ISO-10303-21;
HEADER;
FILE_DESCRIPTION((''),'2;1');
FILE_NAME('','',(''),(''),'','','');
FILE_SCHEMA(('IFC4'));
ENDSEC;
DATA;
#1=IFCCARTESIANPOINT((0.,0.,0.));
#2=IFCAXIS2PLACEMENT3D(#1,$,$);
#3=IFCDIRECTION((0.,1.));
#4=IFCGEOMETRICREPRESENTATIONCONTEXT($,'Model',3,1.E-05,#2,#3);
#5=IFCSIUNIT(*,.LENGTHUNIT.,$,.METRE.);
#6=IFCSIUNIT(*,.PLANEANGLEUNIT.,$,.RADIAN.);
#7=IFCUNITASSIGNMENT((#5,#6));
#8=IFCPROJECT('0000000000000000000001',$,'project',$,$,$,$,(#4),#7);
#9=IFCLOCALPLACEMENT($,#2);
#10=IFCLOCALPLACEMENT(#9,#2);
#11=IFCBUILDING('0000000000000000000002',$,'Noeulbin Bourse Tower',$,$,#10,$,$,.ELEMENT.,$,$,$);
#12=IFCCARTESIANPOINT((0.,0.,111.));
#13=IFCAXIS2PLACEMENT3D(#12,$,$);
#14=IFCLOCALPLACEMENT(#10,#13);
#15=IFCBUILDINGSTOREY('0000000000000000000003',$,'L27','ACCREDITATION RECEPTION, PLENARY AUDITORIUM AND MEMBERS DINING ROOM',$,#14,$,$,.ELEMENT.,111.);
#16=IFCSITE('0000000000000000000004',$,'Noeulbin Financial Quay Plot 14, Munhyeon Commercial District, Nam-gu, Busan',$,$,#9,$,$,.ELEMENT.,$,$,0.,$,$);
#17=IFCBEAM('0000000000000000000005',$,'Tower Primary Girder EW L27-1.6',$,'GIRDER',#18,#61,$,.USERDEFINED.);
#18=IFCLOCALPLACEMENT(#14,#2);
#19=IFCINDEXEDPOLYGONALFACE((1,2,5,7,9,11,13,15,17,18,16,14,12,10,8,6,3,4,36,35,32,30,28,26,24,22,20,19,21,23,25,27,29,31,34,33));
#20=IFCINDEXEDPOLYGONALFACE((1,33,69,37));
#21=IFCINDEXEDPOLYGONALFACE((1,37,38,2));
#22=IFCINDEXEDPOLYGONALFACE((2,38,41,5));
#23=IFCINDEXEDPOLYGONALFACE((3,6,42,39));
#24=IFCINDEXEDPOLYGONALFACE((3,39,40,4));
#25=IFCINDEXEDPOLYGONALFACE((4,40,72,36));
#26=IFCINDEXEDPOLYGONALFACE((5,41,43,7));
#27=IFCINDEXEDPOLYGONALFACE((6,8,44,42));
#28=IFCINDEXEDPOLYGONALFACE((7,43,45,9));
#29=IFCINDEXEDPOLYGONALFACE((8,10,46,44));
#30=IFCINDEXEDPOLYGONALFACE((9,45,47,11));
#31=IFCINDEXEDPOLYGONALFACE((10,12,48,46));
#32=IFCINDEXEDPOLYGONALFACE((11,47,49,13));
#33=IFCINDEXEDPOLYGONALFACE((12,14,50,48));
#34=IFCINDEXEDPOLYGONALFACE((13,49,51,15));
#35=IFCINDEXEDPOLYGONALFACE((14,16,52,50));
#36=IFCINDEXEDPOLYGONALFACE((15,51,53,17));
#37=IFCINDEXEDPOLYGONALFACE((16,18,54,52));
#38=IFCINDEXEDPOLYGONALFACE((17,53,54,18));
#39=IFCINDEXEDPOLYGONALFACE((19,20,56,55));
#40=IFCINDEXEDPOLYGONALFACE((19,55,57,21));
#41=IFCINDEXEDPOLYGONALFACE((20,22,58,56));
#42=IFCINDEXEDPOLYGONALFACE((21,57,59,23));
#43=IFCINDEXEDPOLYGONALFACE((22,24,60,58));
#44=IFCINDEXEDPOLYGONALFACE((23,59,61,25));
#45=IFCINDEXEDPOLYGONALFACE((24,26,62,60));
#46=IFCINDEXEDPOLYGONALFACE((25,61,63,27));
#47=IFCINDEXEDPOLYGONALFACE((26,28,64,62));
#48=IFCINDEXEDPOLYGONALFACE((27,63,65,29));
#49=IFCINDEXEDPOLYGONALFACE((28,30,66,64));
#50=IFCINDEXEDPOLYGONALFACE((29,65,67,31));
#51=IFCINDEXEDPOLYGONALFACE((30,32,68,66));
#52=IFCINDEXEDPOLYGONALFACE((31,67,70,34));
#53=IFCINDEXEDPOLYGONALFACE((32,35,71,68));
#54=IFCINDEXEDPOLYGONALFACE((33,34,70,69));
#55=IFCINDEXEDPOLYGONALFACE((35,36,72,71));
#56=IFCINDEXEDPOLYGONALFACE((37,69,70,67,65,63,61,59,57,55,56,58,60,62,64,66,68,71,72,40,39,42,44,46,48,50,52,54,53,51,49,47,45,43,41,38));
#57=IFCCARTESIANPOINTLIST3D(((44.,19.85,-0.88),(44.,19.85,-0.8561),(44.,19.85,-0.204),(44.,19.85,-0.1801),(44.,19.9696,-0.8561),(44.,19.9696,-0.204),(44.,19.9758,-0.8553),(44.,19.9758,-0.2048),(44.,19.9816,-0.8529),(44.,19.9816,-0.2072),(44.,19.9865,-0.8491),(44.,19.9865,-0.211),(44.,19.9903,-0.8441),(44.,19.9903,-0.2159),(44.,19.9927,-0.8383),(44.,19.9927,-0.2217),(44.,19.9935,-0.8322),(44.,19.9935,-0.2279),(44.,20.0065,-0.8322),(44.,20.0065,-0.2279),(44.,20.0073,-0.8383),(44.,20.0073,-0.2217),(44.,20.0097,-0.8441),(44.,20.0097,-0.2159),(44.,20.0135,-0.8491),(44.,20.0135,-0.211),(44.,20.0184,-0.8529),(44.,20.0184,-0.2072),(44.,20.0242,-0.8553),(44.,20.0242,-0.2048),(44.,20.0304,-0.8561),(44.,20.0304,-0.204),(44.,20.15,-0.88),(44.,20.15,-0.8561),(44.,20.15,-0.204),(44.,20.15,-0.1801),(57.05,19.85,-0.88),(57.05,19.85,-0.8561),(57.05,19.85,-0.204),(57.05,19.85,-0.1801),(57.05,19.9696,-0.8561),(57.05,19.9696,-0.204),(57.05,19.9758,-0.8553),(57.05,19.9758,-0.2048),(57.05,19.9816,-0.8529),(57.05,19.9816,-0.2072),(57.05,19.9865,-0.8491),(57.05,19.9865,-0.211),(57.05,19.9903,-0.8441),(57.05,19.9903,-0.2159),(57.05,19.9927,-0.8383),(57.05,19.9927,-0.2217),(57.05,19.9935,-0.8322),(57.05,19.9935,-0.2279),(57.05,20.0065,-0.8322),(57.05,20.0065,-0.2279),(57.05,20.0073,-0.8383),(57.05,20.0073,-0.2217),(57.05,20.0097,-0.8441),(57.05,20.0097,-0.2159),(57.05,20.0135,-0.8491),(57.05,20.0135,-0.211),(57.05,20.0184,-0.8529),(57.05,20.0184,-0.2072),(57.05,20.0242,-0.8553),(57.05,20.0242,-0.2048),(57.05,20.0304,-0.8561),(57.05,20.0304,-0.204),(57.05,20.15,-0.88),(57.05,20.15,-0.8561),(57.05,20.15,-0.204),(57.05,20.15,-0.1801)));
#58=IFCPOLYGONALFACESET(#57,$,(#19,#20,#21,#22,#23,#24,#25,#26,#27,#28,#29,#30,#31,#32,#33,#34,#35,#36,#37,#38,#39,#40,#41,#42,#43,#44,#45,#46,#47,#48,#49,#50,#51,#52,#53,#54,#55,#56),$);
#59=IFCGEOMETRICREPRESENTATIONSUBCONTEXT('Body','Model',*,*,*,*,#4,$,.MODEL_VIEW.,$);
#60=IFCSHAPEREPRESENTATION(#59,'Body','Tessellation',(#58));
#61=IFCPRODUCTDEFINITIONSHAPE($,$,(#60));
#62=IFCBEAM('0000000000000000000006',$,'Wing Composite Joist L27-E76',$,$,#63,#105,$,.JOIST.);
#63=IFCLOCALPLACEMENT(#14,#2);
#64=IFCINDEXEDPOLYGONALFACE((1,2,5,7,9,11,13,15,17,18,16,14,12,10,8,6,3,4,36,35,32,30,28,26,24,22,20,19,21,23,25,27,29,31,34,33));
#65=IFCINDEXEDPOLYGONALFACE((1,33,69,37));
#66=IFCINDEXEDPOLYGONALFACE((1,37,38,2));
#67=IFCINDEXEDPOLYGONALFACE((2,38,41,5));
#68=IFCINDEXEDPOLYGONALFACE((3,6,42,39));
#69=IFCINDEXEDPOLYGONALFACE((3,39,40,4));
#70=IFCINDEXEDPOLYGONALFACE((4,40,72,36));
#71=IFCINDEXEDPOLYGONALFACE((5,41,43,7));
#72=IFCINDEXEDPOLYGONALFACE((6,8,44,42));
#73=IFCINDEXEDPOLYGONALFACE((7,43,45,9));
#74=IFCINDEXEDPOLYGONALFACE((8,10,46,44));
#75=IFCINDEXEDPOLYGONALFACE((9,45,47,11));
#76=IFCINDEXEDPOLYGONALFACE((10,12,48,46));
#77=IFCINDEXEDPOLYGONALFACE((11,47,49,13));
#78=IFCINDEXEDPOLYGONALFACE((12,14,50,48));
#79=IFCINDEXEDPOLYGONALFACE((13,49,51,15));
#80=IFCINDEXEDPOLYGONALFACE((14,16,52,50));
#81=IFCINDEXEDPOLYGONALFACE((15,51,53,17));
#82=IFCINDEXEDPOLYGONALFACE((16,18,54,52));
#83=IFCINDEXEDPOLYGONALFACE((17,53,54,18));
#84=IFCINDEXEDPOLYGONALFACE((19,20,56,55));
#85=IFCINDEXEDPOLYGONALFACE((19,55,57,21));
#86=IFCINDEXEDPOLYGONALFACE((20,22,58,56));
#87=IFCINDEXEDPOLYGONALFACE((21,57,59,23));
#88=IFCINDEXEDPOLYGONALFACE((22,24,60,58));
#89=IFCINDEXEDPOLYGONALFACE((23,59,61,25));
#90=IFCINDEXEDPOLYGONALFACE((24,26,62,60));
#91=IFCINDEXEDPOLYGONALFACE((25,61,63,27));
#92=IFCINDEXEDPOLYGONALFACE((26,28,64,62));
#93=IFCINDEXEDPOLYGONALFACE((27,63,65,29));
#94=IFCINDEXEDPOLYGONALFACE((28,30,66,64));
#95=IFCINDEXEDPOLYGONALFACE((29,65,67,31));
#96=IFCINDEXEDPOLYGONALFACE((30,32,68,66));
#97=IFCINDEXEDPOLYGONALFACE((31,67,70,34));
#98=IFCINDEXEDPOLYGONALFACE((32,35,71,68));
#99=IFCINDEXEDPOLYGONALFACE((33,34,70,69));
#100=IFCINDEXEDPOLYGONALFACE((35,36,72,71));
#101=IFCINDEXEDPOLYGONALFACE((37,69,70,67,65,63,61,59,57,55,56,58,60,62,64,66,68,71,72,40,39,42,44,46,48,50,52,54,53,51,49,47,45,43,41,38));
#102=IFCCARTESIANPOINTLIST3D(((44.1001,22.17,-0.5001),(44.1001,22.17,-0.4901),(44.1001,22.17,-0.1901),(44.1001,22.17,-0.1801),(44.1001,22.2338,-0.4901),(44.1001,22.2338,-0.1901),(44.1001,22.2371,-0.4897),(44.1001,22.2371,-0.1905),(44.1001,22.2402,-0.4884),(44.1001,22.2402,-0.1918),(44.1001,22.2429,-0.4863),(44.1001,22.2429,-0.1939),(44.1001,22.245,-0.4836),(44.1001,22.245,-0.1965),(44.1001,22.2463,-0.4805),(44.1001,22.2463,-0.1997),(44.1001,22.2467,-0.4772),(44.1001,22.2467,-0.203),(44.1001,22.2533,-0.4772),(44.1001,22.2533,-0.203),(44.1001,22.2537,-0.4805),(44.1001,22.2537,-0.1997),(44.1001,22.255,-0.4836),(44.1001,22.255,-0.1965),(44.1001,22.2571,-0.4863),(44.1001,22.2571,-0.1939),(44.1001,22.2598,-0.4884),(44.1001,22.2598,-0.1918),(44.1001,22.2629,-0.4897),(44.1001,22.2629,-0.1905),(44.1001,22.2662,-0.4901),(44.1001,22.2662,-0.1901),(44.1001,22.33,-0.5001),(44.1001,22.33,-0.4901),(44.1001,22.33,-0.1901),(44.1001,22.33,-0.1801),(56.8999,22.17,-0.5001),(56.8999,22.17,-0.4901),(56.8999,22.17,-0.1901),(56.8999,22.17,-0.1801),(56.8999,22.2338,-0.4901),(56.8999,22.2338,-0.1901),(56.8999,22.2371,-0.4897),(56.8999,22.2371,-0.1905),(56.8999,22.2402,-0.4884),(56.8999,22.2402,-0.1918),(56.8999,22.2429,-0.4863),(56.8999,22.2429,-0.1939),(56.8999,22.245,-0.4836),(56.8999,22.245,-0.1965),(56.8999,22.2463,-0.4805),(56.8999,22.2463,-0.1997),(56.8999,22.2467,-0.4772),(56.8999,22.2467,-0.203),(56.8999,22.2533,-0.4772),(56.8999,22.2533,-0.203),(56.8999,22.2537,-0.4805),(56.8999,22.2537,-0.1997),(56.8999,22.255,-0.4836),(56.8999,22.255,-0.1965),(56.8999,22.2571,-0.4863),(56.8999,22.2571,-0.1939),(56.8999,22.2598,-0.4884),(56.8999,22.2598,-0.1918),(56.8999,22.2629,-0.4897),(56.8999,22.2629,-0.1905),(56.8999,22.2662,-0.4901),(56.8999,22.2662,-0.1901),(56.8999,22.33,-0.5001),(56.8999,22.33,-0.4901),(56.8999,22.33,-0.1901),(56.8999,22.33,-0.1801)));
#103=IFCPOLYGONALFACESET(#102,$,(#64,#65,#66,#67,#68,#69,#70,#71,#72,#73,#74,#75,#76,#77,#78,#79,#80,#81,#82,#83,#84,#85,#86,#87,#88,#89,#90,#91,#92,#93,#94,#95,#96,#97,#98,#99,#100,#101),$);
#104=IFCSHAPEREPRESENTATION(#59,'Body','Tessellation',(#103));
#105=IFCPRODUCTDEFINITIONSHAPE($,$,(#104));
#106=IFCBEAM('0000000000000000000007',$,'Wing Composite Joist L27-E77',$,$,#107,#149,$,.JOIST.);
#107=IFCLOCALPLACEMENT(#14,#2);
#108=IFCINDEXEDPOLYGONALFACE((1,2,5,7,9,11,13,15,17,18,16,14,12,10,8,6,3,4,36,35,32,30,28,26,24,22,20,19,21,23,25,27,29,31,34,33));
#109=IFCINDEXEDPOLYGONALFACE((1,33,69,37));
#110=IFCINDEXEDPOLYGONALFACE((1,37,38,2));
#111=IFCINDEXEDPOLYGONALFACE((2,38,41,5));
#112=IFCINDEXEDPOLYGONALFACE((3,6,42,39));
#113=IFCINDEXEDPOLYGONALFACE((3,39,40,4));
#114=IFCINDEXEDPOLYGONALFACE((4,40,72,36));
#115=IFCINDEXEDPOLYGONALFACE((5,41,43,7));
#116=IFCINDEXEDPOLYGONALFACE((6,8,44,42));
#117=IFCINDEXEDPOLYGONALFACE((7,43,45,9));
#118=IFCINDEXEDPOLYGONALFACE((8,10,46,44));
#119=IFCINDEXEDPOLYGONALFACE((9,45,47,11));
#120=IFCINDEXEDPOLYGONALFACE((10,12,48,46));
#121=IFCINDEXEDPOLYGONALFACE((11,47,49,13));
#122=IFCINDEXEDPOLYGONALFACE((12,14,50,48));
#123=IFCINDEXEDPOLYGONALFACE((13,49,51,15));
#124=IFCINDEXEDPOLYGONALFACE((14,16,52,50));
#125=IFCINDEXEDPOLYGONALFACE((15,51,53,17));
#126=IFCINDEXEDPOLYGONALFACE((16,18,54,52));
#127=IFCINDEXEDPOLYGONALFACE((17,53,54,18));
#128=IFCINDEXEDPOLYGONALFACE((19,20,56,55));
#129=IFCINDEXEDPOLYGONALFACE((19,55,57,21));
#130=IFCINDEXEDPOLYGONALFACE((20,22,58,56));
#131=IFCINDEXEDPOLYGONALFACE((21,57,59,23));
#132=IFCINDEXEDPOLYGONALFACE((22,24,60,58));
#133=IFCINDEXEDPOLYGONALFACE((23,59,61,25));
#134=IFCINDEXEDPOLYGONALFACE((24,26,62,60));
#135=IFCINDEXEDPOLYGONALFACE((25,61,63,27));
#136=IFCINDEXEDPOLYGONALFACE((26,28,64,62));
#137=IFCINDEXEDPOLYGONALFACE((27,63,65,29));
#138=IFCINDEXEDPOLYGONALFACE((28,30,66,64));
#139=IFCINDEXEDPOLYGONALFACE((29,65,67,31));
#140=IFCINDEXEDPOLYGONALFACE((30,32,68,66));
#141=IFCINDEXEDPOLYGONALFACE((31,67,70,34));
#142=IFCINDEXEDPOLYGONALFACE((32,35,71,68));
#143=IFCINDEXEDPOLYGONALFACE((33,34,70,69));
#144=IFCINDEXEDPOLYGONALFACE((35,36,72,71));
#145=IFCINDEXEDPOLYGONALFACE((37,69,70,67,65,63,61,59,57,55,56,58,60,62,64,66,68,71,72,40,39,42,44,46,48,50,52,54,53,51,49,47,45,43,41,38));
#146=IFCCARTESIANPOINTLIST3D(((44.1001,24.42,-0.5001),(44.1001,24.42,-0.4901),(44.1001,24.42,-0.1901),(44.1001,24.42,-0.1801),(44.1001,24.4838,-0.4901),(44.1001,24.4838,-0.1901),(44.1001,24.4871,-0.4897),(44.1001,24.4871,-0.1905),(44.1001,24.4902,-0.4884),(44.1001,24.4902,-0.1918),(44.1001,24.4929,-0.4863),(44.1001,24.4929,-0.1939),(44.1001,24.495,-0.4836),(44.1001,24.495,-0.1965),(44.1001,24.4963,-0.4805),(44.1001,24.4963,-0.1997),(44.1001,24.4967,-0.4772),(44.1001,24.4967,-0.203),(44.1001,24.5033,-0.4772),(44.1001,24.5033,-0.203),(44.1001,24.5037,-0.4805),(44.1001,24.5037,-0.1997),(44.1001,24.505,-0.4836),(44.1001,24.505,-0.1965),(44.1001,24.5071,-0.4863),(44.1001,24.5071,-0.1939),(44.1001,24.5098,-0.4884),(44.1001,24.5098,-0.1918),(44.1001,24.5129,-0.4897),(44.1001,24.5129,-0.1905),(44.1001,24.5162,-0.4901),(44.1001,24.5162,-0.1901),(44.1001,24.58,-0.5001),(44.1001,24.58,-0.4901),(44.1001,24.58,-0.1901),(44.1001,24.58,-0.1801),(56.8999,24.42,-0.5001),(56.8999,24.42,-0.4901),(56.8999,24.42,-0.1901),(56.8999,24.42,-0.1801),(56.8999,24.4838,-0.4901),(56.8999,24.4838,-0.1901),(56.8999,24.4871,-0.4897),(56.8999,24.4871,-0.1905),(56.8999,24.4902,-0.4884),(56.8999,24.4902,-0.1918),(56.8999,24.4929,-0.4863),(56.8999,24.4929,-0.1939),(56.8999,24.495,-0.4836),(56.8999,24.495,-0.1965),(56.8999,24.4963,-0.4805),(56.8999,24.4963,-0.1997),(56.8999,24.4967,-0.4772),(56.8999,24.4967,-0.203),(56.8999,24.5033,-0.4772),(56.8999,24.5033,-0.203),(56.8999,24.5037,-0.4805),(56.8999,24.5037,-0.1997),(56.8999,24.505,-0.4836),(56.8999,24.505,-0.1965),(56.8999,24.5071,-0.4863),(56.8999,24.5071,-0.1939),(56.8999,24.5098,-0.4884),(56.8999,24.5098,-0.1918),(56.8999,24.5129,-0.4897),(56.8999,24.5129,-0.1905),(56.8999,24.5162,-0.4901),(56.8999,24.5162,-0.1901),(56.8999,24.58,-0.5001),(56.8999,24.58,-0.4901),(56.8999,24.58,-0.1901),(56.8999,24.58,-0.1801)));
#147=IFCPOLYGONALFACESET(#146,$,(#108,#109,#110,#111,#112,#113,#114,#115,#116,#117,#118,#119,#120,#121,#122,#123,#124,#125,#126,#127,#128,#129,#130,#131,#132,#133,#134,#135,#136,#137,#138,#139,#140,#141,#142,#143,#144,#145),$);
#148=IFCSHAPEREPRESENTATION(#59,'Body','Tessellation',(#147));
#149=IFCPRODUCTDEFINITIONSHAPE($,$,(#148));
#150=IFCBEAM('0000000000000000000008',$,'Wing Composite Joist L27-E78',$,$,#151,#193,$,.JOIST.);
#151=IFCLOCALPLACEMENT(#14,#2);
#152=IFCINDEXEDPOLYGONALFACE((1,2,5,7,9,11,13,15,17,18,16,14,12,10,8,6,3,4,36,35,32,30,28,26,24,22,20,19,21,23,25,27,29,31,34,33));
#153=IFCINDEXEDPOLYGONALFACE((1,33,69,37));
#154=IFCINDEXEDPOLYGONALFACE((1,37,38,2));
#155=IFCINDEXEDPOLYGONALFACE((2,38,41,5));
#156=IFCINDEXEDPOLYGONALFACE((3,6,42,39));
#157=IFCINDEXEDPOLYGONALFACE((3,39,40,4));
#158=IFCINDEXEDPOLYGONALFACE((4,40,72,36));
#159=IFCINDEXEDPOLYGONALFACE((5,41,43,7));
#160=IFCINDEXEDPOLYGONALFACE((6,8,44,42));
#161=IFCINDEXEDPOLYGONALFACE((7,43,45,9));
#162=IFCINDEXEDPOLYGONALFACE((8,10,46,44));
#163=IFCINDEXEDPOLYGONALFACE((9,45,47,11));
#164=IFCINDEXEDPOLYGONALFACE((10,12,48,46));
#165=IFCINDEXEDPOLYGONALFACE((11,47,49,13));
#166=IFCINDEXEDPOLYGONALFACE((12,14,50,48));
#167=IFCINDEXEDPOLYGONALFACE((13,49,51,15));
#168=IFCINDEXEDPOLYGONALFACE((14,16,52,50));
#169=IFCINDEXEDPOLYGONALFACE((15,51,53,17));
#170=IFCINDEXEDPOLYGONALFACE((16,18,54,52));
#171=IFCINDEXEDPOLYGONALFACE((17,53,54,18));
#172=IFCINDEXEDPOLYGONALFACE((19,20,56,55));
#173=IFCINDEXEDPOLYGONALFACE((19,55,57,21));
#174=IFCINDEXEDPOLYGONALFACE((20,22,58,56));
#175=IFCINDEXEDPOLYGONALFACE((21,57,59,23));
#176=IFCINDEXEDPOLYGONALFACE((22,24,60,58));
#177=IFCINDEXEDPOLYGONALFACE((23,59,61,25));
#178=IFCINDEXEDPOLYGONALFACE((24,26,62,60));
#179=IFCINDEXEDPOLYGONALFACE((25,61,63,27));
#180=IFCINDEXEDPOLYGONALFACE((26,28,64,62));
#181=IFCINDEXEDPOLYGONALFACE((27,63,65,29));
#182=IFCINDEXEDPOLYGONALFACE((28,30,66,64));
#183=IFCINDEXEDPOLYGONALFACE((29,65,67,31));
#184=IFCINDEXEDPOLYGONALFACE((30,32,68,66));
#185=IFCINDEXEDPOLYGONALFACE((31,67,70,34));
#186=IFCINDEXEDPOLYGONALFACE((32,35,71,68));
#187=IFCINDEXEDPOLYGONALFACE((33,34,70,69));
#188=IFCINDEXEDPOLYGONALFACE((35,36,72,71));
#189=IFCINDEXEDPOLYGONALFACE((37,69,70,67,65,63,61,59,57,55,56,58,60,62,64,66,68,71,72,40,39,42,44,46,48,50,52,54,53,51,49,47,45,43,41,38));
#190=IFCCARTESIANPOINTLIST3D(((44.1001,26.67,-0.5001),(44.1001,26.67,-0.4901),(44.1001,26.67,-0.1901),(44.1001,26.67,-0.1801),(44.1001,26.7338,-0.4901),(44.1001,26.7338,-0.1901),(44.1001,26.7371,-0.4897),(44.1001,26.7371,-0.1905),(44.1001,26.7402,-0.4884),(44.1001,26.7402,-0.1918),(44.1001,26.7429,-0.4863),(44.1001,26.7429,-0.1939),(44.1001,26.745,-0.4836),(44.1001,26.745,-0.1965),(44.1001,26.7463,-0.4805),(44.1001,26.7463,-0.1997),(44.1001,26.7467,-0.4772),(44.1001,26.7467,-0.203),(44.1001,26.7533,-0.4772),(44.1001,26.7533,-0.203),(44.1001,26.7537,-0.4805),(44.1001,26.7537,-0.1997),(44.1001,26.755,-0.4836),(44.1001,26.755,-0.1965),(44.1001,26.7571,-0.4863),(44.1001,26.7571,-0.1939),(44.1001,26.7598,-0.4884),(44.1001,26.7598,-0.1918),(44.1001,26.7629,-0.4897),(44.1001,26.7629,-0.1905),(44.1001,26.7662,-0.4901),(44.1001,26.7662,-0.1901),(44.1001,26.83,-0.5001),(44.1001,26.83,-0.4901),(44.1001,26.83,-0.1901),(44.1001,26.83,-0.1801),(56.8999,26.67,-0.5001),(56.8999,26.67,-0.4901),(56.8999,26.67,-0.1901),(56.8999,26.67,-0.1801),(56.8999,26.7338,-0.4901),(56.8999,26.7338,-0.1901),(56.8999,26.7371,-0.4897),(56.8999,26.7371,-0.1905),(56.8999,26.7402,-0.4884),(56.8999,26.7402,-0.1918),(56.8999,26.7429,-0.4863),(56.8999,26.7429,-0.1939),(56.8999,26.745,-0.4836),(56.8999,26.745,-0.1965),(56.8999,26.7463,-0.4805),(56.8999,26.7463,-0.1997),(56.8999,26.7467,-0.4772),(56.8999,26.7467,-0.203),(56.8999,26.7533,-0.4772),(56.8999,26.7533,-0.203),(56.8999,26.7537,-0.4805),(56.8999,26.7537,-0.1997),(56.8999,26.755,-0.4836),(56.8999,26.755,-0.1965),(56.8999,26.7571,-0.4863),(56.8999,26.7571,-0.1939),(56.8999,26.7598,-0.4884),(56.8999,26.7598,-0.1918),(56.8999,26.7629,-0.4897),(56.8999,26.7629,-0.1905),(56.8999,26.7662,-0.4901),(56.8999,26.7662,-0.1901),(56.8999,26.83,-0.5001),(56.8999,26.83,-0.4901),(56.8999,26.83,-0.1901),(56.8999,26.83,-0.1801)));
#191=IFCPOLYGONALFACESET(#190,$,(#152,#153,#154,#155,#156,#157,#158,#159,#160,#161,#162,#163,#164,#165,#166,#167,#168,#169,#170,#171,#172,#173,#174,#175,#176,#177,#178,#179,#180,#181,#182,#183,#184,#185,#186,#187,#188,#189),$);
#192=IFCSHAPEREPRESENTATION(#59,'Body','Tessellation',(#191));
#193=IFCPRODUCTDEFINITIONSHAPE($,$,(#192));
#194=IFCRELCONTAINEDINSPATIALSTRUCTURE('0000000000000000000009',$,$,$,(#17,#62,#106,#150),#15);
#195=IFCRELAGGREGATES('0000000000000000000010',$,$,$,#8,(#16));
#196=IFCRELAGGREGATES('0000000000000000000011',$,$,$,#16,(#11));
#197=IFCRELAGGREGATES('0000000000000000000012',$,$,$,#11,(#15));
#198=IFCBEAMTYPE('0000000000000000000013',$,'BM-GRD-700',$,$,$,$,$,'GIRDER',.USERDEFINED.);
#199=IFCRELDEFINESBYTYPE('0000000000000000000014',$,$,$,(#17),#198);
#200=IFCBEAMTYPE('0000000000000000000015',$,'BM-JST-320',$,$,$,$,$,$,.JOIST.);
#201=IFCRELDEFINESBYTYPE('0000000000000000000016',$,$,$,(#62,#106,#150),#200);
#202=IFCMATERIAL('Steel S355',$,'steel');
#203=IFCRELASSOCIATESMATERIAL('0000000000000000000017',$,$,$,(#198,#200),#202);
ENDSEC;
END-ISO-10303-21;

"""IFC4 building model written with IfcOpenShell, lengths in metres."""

from ifc_helpers import new_model, si_unit, direction, frame, origin, origin_2d, place, context, subcontext, project, spatial, i_section, extrude, material, material_profile, profile_set, type_object, element, save


model = new_model("IFC4")

# Units and contexts
model_context = context("Model", 3, precision=1e-05, world=origin(), true_north=direction((0.0, 1.0)))
body_context = subcontext(model_context, "Body", "Model", "MODEL_VIEW")
ifc_project = project(units=[si_unit("LENGTHUNIT", "METRE"), si_unit("PLANEANGLEUNIT", "RADIAN")], contexts=[model_context])

# Site, building, storey
site_placement = place(None, origin())
site = spatial("IfcSite", under=ifc_project, at=site_placement, Name="Noeulbin Financial Quay Plot 14, Munhyeon Commercial District, Nam-gu, Busan", CompositionType="ELEMENT", RefElevation=0.0)
building_placement = place(site_placement, origin())
building = spatial("IfcBuilding", under=site, at=building_placement, Name="Noeulbin Bourse Tower", CompositionType="ELEMENT")
storey_placement = place(building_placement, frame((0.0, 0.0, 111.0)))
storey = spatial("IfcBuildingStorey", under=building, at=storey_placement, Name="L27", Description="ACCREDITATION RECEPTION, PLENARY AUDITORIUM AND MEMBERS DINING ROOM", CompositionType="ELEMENT", Elevation=111.0)

# Shared definitions
ifc_material_1 = material(Name="Steel S355", Category="steel")

# Beams
ifc_material_profile_1 = material_profile(ifc_material_1, i_section(OverallWidth=0.3, OverallDepth=0.7, WebThickness=0.0129, FlangeThickness=0.0239, FilletRadius=0.0239, at=origin_2d()), Name="H-700x300x13x24", Category="LoadBearing")
ifc_profile_set_1 = profile_set([ifc_material_profile_1], Name="Steel S355")
beam_type_1 = type_object("IfcBeamType", Name="BM-GRD-700", ElementType="GIRDER", PredefinedType="USERDEFINED", material=ifc_profile_set_1)
beam_1_placement = place(storey_placement, frame((44.0, 20.0, -0.53), z_axis=(1.0, 0.0, 0.0), x_axis=(0.0, 1.0, 0.0)))
element("IfcBeam", 1, at=beam_1_placement, inside=storey, type_object=beam_type_1, Name="Tower Primary Girder EW L27-1.6", ObjectType="GIRDER", PredefinedType="USERDEFINED", context=body_context, shape_type="SweptSolid", body=[
    extrude(i_section(OverallWidth=0.3, OverallDepth=0.7, WebThickness=0.0129, FlangeThickness=0.0239, FilletRadius=0.0239, at=origin_2d()), origin(), (0.0, 0.0, 1.0), 13.05),
])
ifc_material_profile_2 = material_profile(ifc_material_1, i_section(OverallWidth=0.1599, OverallDepth=0.3201, WebThickness=0.0066, FlangeThickness=0.01, FilletRadius=0.0129, at=origin_2d()), Name="H-320x160x6.5x10", Category="LoadBearing")
ifc_profile_set_2 = profile_set([ifc_material_profile_2], Name="Steel S355")
beam_type_2 = type_object("IfcBeamType", Name="BM-JST-320", PredefinedType="JOIST", material=ifc_profile_set_2)
for number, where, z_axis, x_axis, name in (
    (2, (44.1001, 22.25, -0.3401), (1.0, 0.0, 0.0), (0.0, 1.0, 0.0), "Wing Composite Joist L27-E76"),
    (3, (44.1001, 24.5, -0.3401), (1.0, 0.0, 0.0), (0.0, 1.0, 0.0), "Wing Composite Joist L27-E77"),
    (4, (44.1001, 26.75, -0.3401), (1.0, 0.0, 0.0), (0.0, 1.0, 0.0), "Wing Composite Joist L27-E78"),
):
    element("IfcBeam", number, at=place(storey_placement, frame(where, z_axis=z_axis, x_axis=x_axis)), inside=storey, type_object=beam_type_2, Name=name, PredefinedType="JOIST", context=body_context, shape_type="SweptSolid", body=[
        extrude(i_section(OverallWidth=0.1599, OverallDepth=0.3201, WebThickness=0.0066, FlangeThickness=0.01, FilletRadius=0.0129, at=origin_2d()), origin(), (0.0, 0.0, 1.0), 12.7998),
    ])

save(model, "model.ifc")
